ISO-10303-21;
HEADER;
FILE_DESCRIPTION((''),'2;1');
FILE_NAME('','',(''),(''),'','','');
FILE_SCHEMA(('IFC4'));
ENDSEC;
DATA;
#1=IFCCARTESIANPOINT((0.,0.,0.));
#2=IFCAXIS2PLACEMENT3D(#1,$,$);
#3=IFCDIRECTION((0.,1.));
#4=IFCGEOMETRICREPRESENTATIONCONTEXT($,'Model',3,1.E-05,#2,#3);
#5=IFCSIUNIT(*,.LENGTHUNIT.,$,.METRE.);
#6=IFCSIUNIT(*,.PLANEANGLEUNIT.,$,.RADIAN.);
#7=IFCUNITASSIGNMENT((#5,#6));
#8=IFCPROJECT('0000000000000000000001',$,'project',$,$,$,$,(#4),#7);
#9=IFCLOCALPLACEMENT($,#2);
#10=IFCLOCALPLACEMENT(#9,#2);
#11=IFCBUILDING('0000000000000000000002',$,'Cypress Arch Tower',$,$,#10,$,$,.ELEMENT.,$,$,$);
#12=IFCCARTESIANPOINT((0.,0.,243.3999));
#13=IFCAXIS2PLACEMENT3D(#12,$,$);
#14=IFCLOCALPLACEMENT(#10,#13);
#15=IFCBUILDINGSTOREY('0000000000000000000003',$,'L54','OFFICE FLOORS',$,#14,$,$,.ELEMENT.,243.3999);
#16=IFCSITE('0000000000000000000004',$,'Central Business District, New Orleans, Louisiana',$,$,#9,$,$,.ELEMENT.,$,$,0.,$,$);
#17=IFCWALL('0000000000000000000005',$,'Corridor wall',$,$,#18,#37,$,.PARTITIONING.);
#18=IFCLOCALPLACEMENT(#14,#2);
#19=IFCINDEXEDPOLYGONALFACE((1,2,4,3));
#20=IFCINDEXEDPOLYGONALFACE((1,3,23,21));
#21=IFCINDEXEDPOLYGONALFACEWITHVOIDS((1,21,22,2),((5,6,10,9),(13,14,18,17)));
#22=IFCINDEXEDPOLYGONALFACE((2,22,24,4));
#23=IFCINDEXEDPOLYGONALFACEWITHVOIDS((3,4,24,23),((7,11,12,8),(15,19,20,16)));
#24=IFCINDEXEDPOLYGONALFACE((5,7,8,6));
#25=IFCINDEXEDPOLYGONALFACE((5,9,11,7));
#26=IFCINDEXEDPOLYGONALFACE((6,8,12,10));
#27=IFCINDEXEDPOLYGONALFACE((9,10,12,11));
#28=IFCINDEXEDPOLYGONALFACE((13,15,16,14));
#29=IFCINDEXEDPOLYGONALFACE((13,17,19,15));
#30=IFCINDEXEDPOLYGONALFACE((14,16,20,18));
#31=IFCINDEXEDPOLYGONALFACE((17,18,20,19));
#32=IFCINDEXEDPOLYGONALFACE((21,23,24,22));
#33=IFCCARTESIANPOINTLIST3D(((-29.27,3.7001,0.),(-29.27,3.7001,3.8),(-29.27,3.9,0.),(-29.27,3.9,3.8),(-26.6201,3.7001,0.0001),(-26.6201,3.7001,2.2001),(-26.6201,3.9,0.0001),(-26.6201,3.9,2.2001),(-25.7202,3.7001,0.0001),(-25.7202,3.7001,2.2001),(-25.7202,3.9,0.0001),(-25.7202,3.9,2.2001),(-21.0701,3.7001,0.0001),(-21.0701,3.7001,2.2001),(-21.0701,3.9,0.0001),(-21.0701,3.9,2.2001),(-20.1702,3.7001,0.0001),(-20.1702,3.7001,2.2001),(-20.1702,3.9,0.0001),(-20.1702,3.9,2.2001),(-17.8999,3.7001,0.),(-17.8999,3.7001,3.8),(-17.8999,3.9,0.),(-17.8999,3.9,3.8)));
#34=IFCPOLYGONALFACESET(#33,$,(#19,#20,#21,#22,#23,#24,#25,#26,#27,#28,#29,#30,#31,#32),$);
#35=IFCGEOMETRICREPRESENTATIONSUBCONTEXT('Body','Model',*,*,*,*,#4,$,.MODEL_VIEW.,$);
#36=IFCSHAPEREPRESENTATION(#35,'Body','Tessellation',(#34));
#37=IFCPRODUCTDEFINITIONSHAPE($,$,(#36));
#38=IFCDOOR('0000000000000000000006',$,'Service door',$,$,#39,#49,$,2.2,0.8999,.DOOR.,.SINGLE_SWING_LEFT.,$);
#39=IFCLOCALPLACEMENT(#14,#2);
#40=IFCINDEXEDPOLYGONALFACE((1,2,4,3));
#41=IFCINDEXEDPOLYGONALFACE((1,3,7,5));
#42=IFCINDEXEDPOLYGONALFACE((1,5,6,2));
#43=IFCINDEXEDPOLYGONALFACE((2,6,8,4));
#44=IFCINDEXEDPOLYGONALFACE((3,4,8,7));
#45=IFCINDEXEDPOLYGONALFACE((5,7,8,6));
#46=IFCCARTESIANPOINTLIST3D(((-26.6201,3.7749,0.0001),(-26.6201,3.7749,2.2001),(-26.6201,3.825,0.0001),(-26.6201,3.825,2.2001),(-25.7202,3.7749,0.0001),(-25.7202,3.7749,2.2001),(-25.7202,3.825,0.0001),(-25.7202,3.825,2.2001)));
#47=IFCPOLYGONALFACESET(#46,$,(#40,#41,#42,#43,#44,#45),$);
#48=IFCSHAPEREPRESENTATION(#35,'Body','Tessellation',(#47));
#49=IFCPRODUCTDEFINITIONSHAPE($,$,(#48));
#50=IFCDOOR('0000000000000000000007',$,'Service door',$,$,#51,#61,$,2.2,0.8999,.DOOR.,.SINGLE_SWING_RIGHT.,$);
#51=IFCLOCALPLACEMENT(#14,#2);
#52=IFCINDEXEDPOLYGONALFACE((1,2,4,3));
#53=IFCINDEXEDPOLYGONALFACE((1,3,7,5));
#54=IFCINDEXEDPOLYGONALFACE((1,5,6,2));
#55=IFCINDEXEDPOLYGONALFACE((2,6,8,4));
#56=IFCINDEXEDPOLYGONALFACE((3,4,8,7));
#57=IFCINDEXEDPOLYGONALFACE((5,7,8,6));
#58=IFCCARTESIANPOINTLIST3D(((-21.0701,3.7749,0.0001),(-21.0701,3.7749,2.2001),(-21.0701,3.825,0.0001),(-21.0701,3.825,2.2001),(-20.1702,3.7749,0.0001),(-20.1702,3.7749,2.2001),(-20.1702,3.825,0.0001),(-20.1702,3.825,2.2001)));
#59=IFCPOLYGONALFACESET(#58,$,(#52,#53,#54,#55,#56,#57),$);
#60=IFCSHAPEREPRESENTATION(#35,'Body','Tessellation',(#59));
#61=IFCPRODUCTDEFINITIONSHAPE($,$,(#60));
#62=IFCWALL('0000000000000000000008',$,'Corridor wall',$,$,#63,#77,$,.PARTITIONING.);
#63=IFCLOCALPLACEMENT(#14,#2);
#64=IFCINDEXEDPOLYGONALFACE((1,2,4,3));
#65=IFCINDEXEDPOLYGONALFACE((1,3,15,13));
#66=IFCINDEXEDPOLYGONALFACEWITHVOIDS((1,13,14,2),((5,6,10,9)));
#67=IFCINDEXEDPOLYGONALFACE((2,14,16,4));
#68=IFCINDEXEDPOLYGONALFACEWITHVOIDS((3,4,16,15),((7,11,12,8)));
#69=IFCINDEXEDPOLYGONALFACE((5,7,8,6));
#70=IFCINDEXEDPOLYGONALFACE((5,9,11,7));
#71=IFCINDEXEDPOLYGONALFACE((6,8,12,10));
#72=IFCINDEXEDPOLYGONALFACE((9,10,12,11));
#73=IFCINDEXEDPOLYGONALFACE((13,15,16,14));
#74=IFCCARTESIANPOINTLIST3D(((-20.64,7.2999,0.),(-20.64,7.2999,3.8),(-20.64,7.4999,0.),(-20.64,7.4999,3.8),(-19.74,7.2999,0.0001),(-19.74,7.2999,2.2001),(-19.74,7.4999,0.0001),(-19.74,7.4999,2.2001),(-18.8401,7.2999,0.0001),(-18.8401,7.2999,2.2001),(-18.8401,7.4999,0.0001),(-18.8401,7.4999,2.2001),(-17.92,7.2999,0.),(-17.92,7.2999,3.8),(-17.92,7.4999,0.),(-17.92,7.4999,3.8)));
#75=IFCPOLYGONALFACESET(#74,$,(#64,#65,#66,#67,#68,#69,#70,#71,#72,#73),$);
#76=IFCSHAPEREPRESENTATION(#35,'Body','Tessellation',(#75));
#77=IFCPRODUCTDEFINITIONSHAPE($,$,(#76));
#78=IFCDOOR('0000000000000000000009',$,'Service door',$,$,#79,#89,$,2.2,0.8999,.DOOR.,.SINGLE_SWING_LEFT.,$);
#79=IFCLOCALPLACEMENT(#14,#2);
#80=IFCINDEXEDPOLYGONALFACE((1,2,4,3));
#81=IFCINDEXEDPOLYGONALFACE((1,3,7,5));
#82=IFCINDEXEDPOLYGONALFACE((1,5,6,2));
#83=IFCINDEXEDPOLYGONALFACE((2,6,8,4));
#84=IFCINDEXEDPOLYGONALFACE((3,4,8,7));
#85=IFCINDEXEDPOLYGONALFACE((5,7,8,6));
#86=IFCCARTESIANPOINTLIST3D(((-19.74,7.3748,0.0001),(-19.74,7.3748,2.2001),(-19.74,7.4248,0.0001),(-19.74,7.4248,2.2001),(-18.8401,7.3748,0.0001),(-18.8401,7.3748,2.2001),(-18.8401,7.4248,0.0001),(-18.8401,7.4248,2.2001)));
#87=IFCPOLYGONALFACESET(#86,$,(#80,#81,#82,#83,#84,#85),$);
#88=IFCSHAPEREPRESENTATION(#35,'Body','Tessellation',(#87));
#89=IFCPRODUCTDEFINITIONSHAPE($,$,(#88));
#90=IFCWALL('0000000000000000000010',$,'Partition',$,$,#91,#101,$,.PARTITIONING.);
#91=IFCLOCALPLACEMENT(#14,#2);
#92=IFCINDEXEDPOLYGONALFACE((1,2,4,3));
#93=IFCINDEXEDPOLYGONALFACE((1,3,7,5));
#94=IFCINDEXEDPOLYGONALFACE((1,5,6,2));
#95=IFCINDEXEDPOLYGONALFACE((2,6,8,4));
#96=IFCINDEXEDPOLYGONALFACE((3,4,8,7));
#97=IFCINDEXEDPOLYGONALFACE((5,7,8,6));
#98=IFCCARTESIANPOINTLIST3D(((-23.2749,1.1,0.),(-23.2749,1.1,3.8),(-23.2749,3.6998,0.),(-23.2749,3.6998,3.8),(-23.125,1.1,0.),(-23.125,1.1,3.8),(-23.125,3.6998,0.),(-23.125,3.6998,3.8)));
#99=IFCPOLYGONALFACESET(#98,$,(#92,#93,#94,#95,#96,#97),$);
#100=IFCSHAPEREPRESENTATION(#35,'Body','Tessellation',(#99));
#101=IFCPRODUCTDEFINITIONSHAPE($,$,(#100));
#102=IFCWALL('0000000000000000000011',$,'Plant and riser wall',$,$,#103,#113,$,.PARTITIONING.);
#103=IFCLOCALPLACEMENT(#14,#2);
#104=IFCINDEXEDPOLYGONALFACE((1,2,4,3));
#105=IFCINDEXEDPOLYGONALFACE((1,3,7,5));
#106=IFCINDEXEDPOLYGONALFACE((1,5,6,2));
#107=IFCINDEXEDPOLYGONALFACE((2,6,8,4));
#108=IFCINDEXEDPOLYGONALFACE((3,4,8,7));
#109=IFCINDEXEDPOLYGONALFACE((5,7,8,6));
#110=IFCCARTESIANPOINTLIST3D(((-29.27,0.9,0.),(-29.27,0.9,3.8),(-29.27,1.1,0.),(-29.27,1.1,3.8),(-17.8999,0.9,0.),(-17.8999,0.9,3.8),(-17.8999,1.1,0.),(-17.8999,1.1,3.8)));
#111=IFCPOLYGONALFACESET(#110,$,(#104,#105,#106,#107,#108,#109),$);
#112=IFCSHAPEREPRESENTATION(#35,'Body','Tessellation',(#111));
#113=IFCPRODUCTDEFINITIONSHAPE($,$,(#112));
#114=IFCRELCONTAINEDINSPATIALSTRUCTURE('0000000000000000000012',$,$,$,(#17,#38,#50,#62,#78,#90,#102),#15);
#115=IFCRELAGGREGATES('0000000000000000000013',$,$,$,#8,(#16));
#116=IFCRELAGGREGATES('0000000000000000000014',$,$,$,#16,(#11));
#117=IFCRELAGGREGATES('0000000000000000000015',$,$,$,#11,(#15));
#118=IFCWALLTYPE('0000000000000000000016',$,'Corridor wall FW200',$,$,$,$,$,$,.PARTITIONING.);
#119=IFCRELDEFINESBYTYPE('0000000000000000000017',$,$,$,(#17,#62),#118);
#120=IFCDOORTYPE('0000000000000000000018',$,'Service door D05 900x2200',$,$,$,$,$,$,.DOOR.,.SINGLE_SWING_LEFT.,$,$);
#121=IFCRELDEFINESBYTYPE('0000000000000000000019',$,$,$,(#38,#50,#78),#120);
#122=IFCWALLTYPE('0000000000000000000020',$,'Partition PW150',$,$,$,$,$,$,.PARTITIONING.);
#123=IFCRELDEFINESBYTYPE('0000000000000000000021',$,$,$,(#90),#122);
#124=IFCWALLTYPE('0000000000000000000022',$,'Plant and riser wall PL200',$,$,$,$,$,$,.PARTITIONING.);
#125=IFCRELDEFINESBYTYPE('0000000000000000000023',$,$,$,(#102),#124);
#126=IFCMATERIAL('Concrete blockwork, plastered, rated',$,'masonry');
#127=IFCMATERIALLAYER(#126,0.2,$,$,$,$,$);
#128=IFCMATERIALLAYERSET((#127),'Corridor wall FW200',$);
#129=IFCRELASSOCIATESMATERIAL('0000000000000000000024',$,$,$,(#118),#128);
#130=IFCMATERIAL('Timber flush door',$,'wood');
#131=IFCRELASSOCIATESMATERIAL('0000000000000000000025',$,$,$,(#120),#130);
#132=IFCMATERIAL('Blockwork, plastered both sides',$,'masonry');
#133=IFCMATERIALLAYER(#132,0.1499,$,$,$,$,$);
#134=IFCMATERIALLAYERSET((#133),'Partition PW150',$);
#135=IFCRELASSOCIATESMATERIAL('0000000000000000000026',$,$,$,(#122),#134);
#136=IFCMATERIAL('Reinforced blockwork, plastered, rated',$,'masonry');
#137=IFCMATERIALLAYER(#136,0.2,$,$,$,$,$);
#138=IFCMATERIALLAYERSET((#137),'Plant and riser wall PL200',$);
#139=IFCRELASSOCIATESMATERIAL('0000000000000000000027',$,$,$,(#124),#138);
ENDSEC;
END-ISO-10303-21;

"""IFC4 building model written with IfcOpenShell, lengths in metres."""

from ifc_helpers import new_model, si_unit, direction, frame, frame_2d, origin, place, context, subcontext, project, spatial, rectangle, extrude, material, layer, layer_set, type_object, element, fill, save


model = new_model("IFC4")

# Units and contexts
model_context = context("Model", 3, precision=1e-05, world=origin(), true_north=direction((0.0, 1.0)))
body_context = subcontext(model_context, "Body", "Model", "MODEL_VIEW")
ifc_project = project(units=[si_unit("LENGTHUNIT", "METRE"), si_unit("PLANEANGLEUNIT", "RADIAN")], contexts=[model_context])

# Site, building, storey
site_placement = place(None, origin())
site = spatial("IfcSite", under=ifc_project, at=site_placement, Name="Central Business District, New Orleans, Louisiana", CompositionType="ELEMENT", RefElevation=0.0)
building_placement = place(site_placement, origin())
building = spatial("IfcBuilding", under=site, at=building_placement, Name="Cypress Arch Tower", CompositionType="ELEMENT")
storey_placement = place(building_placement, frame((0.0, 0.0, 243.3999)))
storey = spatial("IfcBuildingStorey", under=building, at=storey_placement, Name="L54", Description="OFFICE FLOORS", CompositionType="ELEMENT", Elevation=243.3999)

# Wall, openings, doors
ifc_material_1 = material(Name="Concrete blockwork, plastered, rated", Category="masonry")
ifc_layer_1 = layer(ifc_material_1, 0.2)
ifc_layer_set_1 = layer_set([ifc_layer_1], Name="Corridor wall FW200")
wall_type_1 = type_object("IfcWallType", Name="Corridor wall FW200", PredefinedType="PARTITIONING", material=ifc_layer_set_1)
wall_1_placement = place(storey_placement, frame((-29.27, 3.8, 0.0), z_axis=(0.0, 0.0, 1.0), x_axis=(1.0, 0.0, 0.0)))
wall_1 = element("IfcWall", 1, at=wall_1_placement, inside=storey, type_object=wall_type_1, Name="Corridor wall", PredefinedType="PARTITIONING", context=body_context, shape_type="SweptSolid", body=[
    extrude(rectangle(XDim=11.3701, YDim=0.2, at=frame_2d((5.6851, 0.0))), origin(), (0.0, 0.0, 1.0), 3.8),
])
opening_1_placement = place(wall_1_placement, frame((2.6499, 0.0, 0.0)))
opening_1 = element("IfcOpeningElement", 2, at=opening_1_placement, cuts=wall_1, PredefinedType="OPENING", context=body_context, shape_type="SweptSolid", body=[
    extrude(rectangle(XDim=0.8999, YDim=2.2, at=frame_2d((0.45, 1.1001))), frame((0.0, 0.1099, 0.0), z_axis=(0.0, -1.0, 0.0), x_axis=(1.0, 0.0, 0.0)), (0.0, 0.0, 1.0), 0.22),
])
opening_2_placement = place(wall_1_placement, frame((8.2, 0.0, 0.0)))
opening_2 = element("IfcOpeningElement", 3, at=opening_2_placement, cuts=wall_1, PredefinedType="OPENING", context=body_context, shape_type="SweptSolid", body=[
    extrude(rectangle(XDim=0.8999, YDim=2.2, at=frame_2d((0.45, 1.1001))), frame((0.0, 0.1099, 0.0), z_axis=(0.0, -1.0, 0.0), x_axis=(1.0, 0.0, 0.0)), (0.0, 0.0, 1.0), 0.22),
])
ifc_material_2 = material(Name="Timber flush door", Category="wood")
door_type_1 = type_object("IfcDoorType", Name="Service door D05 900x2200", OperationType="SINGLE_SWING_LEFT", PredefinedType="DOOR", material=ifc_material_2)
door_1_placement = place(opening_1_placement, origin())
door_1 = element("IfcDoor", 4, at=door_1_placement, inside=storey, type_object=door_type_1, Name="Service door", OperationType="SINGLE_SWING_LEFT", OverallHeight=2.2, OverallWidth=0.8999, PredefinedType="DOOR", context=body_context, shape_type="SweptSolid", body=[
    extrude(rectangle(XDim=0.8999, YDim=2.2, at=frame_2d((0.45, 1.1001))), frame((0.0, 0.0249, 0.0), z_axis=(0.0, -1.0, 0.0), x_axis=(1.0, 0.0, 0.0)), (0.0, 0.0, 1.0), 0.05),
])
fill(opening_1, door_1)
door_2_placement = place(opening_2_placement, origin())
door_2 = element("IfcDoor", 5, at=door_2_placement, inside=storey, type_object=door_type_1, Name="Service door", OperationType="SINGLE_SWING_RIGHT", OverallHeight=2.2, OverallWidth=0.8999, PredefinedType="DOOR", context=body_context, shape_type="SweptSolid", body=[
    extrude(rectangle(XDim=0.8999, YDim=2.2, at=frame_2d((0.45, 1.1001))), frame((0.0, 0.0249, 0.0), z_axis=(0.0, -1.0, 0.0), x_axis=(1.0, 0.0, 0.0)), (0.0, 0.0, 1.0), 0.05),
])
fill(opening_2, door_2)

# Wall, opening, door
wall_2_placement = place(storey_placement, frame((-20.6399, 7.3999, 0.0), z_axis=(0.0, 0.0, 1.0), x_axis=(1.0, 0.0, 0.0)))
wall_2 = element("IfcWall", 6, at=wall_2_placement, inside=storey, type_object=wall_type_1, Name="Corridor wall", PredefinedType="PARTITIONING", context=body_context, shape_type="SweptSolid", body=[
    extrude(rectangle(XDim=2.72, YDim=0.2, at=frame_2d((1.3599, 0.0))), origin(), (0.0, 0.0, 1.0), 3.8),
])
opening_3_placement = place(wall_2_placement, frame((0.8999, 0.0, 0.0)))
opening_3 = element("IfcOpeningElement", 7, at=opening_3_placement, cuts=wall_2, PredefinedType="OPENING", context=body_context, shape_type="SweptSolid", body=[
    extrude(rectangle(XDim=0.8999, YDim=2.2, at=frame_2d((0.45, 1.1001))), frame((0.0, 0.1099, 0.0), z_axis=(0.0, -1.0, 0.0), x_axis=(1.0, 0.0, 0.0)), (0.0, 0.0, 1.0), 0.22),
])
door_3_placement = place(opening_3_placement, origin())
door_3 = element("IfcDoor", 8, at=door_3_placement, inside=storey, type_object=door_type_1, Name="Service door", OperationType="SINGLE_SWING_LEFT", OverallHeight=2.2, OverallWidth=0.8999, PredefinedType="DOOR", context=body_context, shape_type="SweptSolid", body=[
    extrude(rectangle(XDim=0.8999, YDim=2.2, at=frame_2d((0.45, 1.1001))), frame((0.0, 0.0249, 0.0), z_axis=(0.0, -1.0, 0.0), x_axis=(1.0, 0.0, 0.0)), (0.0, 0.0, 1.0), 0.05),
])
fill(opening_3, door_3)

# Walls
ifc_material_3 = material(Name="Blockwork, plastered both sides", Category="masonry")
ifc_layer_2 = layer(ifc_material_3, 0.1499)
ifc_layer_set_2 = layer_set([ifc_layer_2], Name="Partition PW150")
wall_type_2 = type_object("IfcWallType", Name="Partition PW150", PredefinedType="PARTITIONING", material=ifc_layer_set_2)
wall_3_placement = place(storey_placement, frame((-23.2, 1.1001, 0.0), z_axis=(0.0, 0.0, 1.0), x_axis=(0.0, 1.0, 0.0)))
element("IfcWall", 9, at=wall_3_placement, inside=storey, type_object=wall_type_2, Name="Partition", PredefinedType="PARTITIONING", context=body_context, shape_type="SweptSolid", body=[
    extrude(rectangle(XDim=2.5999, YDim=0.1499, at=frame_2d((1.2998, 0.0))), origin(), (0.0, 0.0, 1.0), 3.8),
])
ifc_material_4 = material(Name="Reinforced blockwork, plastered, rated", Category="masonry")
ifc_layer_3 = layer(ifc_material_4, 0.2)
ifc_layer_set_3 = layer_set([ifc_layer_3], Name="Plant and riser wall PL200")
wall_type_3 = type_object("IfcWallType", Name="Plant and riser wall PL200", PredefinedType="PARTITIONING", material=ifc_layer_set_3)
wall_4_placement = place(storey_placement, frame((-29.27, 1.0, 0.0), z_axis=(0.0, 0.0, 1.0), x_axis=(1.0, 0.0, 0.0)))
element("IfcWall", 10, at=wall_4_placement, inside=storey, type_object=wall_type_3, Name="Plant and riser wall", PredefinedType="PARTITIONING", context=body_context, shape_type="SweptSolid", body=[
    extrude(rectangle(XDim=11.3701, YDim=0.2, at=frame_2d((5.6851, 0.0))), origin(), (0.0, 0.0, 1.0), 3.8),
])

save(model, "model.ifc")
